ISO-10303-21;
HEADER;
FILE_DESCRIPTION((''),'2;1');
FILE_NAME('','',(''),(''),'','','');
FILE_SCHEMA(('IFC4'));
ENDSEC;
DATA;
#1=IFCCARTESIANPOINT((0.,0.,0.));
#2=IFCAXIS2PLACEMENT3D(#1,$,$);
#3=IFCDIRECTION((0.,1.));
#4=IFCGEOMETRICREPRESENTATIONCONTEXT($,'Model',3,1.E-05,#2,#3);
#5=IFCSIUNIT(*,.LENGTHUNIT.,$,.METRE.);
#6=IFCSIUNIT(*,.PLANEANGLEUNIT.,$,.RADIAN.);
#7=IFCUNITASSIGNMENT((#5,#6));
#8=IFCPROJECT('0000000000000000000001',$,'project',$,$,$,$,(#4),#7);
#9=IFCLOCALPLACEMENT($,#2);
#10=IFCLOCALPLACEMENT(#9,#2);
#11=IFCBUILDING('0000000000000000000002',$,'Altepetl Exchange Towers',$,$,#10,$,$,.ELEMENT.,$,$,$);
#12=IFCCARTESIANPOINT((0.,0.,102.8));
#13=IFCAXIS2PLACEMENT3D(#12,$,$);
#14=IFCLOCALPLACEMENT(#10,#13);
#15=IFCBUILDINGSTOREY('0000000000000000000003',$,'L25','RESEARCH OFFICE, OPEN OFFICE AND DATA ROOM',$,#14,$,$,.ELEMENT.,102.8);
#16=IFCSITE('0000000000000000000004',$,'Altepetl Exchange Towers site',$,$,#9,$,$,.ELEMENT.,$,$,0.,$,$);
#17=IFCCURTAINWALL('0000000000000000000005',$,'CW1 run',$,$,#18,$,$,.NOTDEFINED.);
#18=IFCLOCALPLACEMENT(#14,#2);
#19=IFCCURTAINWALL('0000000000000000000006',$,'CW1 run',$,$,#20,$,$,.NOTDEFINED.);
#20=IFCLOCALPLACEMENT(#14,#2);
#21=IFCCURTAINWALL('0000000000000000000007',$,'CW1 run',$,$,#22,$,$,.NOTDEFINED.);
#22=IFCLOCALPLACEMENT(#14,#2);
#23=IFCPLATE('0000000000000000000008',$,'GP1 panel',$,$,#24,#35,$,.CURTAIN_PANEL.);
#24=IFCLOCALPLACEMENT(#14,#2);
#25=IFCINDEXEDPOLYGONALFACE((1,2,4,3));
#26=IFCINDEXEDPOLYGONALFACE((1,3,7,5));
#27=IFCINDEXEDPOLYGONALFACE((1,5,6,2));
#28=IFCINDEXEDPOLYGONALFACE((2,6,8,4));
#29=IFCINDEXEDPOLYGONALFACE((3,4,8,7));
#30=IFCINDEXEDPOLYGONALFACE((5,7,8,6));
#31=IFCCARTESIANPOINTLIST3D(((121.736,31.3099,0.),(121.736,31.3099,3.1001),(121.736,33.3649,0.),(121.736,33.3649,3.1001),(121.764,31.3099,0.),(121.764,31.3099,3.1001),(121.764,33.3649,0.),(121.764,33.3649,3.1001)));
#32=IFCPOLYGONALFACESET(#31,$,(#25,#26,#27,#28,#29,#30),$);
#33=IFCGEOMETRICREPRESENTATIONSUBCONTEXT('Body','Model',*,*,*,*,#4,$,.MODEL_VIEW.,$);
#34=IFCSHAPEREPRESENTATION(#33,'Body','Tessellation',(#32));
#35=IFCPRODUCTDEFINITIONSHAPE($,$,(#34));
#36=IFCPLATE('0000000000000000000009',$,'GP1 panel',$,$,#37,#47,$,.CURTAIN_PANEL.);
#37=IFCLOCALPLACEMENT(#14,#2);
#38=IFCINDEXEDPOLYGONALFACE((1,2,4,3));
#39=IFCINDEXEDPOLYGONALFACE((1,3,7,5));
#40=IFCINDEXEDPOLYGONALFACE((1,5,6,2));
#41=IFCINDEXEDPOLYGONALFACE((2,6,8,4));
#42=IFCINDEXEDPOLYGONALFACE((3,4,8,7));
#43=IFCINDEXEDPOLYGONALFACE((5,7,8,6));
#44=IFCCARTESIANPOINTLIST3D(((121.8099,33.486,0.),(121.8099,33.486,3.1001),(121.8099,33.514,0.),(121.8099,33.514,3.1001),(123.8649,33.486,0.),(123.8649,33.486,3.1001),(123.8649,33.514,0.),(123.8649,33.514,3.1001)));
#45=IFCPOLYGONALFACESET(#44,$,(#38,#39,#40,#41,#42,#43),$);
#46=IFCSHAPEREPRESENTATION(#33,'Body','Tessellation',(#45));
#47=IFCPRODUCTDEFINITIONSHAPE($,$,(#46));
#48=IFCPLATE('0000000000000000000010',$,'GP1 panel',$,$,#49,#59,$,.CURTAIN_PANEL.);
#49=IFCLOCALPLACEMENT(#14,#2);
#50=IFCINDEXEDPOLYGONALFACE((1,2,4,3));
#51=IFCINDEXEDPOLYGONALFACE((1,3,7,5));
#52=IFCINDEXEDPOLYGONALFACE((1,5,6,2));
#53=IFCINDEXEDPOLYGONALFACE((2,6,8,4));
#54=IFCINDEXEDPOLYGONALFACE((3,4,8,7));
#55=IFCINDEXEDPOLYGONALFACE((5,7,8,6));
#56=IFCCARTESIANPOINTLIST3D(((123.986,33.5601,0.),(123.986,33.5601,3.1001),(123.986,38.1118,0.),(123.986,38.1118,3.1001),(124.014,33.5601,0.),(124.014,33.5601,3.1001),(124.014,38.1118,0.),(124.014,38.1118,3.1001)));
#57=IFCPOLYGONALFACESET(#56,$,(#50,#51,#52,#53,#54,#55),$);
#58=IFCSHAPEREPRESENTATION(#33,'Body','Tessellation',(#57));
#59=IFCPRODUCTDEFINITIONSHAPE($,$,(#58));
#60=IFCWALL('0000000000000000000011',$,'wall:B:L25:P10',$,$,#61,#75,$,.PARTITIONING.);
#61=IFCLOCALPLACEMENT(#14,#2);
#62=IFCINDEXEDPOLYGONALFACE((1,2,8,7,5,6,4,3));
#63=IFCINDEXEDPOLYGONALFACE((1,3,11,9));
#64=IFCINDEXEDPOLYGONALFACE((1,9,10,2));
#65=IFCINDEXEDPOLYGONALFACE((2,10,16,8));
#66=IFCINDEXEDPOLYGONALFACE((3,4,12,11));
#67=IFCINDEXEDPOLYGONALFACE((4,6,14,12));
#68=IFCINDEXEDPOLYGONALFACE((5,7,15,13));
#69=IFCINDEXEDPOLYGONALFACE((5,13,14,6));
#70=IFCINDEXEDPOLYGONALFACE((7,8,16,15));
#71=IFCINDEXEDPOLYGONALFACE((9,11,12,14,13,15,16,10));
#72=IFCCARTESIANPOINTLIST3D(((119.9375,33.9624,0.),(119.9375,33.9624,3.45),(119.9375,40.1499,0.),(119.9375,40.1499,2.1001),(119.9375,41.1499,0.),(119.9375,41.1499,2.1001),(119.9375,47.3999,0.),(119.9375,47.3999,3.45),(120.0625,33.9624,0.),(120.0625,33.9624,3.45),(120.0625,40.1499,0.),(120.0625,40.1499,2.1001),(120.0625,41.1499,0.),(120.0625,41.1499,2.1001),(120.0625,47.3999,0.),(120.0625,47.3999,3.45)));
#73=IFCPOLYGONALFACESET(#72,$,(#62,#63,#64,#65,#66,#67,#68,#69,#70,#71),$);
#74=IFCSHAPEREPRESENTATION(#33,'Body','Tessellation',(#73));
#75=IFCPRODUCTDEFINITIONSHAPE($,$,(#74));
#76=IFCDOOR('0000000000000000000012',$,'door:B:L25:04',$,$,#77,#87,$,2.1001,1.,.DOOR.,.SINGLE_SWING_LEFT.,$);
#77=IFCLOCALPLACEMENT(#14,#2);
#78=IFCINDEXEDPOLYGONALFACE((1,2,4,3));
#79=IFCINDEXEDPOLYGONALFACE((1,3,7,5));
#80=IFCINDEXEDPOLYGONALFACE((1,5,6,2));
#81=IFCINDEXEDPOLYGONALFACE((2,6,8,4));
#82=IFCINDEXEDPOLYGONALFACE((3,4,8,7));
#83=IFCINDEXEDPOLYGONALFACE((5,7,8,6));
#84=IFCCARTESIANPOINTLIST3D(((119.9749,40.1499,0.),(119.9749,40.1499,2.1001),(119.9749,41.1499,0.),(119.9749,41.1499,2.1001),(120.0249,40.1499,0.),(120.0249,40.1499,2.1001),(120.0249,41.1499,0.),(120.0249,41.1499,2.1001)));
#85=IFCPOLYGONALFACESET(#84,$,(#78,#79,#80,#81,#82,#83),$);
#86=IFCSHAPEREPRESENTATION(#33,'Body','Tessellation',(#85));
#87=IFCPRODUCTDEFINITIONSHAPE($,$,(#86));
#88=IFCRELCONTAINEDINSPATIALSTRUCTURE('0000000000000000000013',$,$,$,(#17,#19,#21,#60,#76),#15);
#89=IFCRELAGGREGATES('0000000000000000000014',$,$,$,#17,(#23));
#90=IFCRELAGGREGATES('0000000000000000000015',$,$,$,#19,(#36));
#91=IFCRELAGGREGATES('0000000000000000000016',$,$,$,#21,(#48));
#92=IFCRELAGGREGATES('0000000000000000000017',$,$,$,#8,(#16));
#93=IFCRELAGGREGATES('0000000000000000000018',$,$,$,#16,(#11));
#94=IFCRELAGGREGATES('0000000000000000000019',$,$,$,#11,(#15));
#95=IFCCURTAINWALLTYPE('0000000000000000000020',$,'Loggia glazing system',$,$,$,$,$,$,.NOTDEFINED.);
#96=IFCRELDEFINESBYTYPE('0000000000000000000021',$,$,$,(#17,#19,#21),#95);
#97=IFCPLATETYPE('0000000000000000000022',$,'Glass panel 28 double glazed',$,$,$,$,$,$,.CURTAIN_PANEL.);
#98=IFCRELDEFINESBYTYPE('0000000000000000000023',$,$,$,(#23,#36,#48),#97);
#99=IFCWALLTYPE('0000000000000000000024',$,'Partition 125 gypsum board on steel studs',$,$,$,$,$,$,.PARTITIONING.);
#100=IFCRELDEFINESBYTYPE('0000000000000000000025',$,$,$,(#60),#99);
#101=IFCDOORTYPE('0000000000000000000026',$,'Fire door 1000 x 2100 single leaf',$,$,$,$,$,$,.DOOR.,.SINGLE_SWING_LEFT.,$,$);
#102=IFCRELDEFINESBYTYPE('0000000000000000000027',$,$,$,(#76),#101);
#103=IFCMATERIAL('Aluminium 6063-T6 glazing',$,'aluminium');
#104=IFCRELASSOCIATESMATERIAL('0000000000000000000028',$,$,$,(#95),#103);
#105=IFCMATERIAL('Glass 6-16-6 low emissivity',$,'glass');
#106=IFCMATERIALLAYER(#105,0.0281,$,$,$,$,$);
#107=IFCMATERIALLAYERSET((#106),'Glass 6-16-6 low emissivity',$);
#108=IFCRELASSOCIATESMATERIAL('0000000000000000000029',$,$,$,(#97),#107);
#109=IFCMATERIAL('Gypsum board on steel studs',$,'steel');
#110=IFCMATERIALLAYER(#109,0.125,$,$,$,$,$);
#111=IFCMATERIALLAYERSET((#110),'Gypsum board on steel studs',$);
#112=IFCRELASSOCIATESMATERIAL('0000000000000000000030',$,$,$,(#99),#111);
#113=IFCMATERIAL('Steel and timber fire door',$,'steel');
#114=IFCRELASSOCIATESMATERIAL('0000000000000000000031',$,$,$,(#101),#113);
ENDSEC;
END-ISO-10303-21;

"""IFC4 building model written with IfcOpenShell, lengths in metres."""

from ifc_helpers import new_model, si_unit, direction, frame, frame_2d, origin, origin_2d, place, context, subcontext, project, spatial, rectangle, extrude, material, layer, layer_set, type_object, element, fill, aggregate, save


model = new_model("IFC4")

# Units and contexts
model_context = context("Model", 3, precision=1e-05, world=origin(), true_north=direction((0.0, 1.0)))
body_context = subcontext(model_context, "Body", "Model", "MODEL_VIEW")
ifc_project = project(units=[si_unit("LENGTHUNIT", "METRE"), si_unit("PLANEANGLEUNIT", "RADIAN")], contexts=[model_context])

# Site, building, storey
site_placement = place(None, origin())
site = spatial("IfcSite", under=ifc_project, at=site_placement, Name="Altepetl Exchange Towers site", CompositionType="ELEMENT", RefElevation=0.0)
building_placement = place(site_placement, origin())
building = spatial("IfcBuilding", under=site, at=building_placement, Name="Altepetl Exchange Towers", CompositionType="ELEMENT")
storey_placement = place(building_placement, frame((0.0, 0.0, 102.8)))
storey = spatial("IfcBuildingStorey", under=building, at=storey_placement, Name="L25", Description="RESEARCH OFFICE, OPEN OFFICE AND DATA ROOM", CompositionType="ELEMENT", Elevation=102.8)

# Shared definitions
ifc_material_1 = material(Name="Aluminium 6063-T6 glazing", Category="aluminium")
curtain_wall_type = type_object("IfcCurtainWallType", Name="Loggia glazing system", PredefinedType="NOTDEFINED", material=ifc_material_1)

# Curtain walls
curtain_wall_1_placement = place(storey_placement, origin())
curtain_wall_1 = element("IfcCurtainWall", 1, at=curtain_wall_1_placement, inside=storey, type_object=curtain_wall_type, Name="CW1 run", PredefinedType="NOTDEFINED")
curtain_wall_2_placement = place(storey_placement, origin())
curtain_wall_2 = element("IfcCurtainWall", 2, at=curtain_wall_2_placement, inside=storey, type_object=curtain_wall_type, Name="CW1 run", PredefinedType="NOTDEFINED")

# Curtain wall
curtain_wall_3_placement = place(storey_placement, origin())
curtain_wall_3 = element("IfcCurtainWall", 3, at=curtain_wall_3_placement, inside=storey, type_object=curtain_wall_type, Name="CW1 run", PredefinedType="NOTDEFINED")

# Plates
ifc_material_2 = material(Name="Glass 6-16-6 low emissivity", Category="glass")
ifc_layer_1 = layer(ifc_material_2, 0.0281)
ifc_layer_set_1 = layer_set([ifc_layer_1], Name="Glass 6-16-6 low emissivity")
plate_type = type_object("IfcPlateType", Name="Glass panel 28 double glazed", PredefinedType="CURTAIN_PANEL", material=ifc_layer_set_1)
plate_1_placement = place(storey_placement, frame((121.75, 32.3374, 0.0), z_axis=(0.0, 0.0, 1.0), x_axis=(0.0, 1.0, 0.0)))
plate_1 = element("IfcPlate", 4, at=plate_1_placement, type_object=plate_type, Name="GP1 panel", PredefinedType="CURTAIN_PANEL", context=body_context, shape_type="SweptSolid", body=[
    extrude(rectangle(XDim=2.0549, YDim=0.0281, at=origin_2d()), origin(), (0.0, 0.0, 1.0), 3.1001),
])
aggregate(curtain_wall_1, [plate_1])
plate_2_placement = place(storey_placement, frame((122.8374, 33.5, 0.0)))
plate_2 = element("IfcPlate", 5, at=plate_2_placement, type_object=plate_type, Name="GP1 panel", PredefinedType="CURTAIN_PANEL", context=body_context, shape_type="SweptSolid", body=[
    extrude(rectangle(XDim=2.0549, YDim=0.0281, at=origin_2d()), origin(), (0.0, 0.0, 1.0), 3.1001),
])
aggregate(curtain_wall_2, [plate_2])
plate_3_placement = place(storey_placement, frame((124.0, 35.8359, 0.0), z_axis=(0.0, 0.0, 1.0), x_axis=(0.0, 1.0, 0.0)))
plate_3 = element("IfcPlate", 6, at=plate_3_placement, type_object=plate_type, Name="GP1 panel", PredefinedType="CURTAIN_PANEL", context=body_context, shape_type="SweptSolid", body=[
    extrude(rectangle(XDim=4.5518, YDim=0.0281, at=origin_2d()), origin(), (0.0, 0.0, 1.0), 3.1001),
])
aggregate(curtain_wall_3, [plate_3])

# Wall, opening, door
ifc_material_3 = material(Name="Gypsum board on steel studs", Category="steel")
ifc_layer_2 = layer(ifc_material_3, 0.125)
ifc_layer_set_2 = layer_set([ifc_layer_2], Name="Gypsum board on steel studs")
wall_type = type_object("IfcWallType", Name="Partition 125 gypsum board on steel studs", PredefinedType="PARTITIONING", material=ifc_layer_set_2)
wall_placement = place(storey_placement, frame((120.0, 33.9624, 0.0), z_axis=(0.0, 0.0, 1.0), x_axis=(0.0, 1.0, 0.0)))
wall = element("IfcWall", 7, at=wall_placement, inside=storey, type_object=wall_type, Name="wall:B:L25:P10", PredefinedType="PARTITIONING", context=body_context, shape_type="SweptSolid", body=[
    extrude(rectangle(XDim=13.4375, YDim=0.125, at=frame_2d((6.7188, 0.0))), origin(), (0.0, 0.0, 1.0), 3.45),
])
opening_placement = place(wall_placement, frame((6.1875, 0.0, 0.0)))
opening = element("IfcOpeningElement", 8, at=opening_placement, cuts=wall, PredefinedType="OPENING", context=body_context, shape_type="SweptSolid", body=[
    extrude(rectangle(XDim=1.0, YDim=2.1001, at=frame_2d((0.5, 1.05))), frame((0.0, 0.0725, 0.0), z_axis=(0.0, -1.0, 0.0), x_axis=(1.0, 0.0, 0.0)), (0.0, 0.0, 1.0), 0.145),
])
ifc_material_4 = material(Name="Steel and timber fire door", Category="steel")
door_type = type_object("IfcDoorType", Name="Fire door 1000 x 2100 single leaf", OperationType="SINGLE_SWING_LEFT", PredefinedType="DOOR", material=ifc_material_4)
door_placement = place(opening_placement, frame((1.0, 0.0, 0.0), x_axis=(-1.0, 0.0, 0.0)))
door = element("IfcDoor", 9, at=door_placement, inside=storey, type_object=door_type, Name="door:B:L25:04", OperationType="SINGLE_SWING_LEFT", OverallHeight=2.1001, OverallWidth=1.0, PredefinedType="DOOR", context=body_context, shape_type="SweptSolid", body=[
    extrude(rectangle(XDim=1.0, YDim=2.1001, at=frame_2d((0.5, 1.05))), frame((0.0, 0.0249, 0.0), z_axis=(0.0, -1.0, 0.0), x_axis=(1.0, 0.0, 0.0)), (0.0, 0.0, 1.0), 0.05),
])
fill(opening, door)

save(model, "model.ifc")
